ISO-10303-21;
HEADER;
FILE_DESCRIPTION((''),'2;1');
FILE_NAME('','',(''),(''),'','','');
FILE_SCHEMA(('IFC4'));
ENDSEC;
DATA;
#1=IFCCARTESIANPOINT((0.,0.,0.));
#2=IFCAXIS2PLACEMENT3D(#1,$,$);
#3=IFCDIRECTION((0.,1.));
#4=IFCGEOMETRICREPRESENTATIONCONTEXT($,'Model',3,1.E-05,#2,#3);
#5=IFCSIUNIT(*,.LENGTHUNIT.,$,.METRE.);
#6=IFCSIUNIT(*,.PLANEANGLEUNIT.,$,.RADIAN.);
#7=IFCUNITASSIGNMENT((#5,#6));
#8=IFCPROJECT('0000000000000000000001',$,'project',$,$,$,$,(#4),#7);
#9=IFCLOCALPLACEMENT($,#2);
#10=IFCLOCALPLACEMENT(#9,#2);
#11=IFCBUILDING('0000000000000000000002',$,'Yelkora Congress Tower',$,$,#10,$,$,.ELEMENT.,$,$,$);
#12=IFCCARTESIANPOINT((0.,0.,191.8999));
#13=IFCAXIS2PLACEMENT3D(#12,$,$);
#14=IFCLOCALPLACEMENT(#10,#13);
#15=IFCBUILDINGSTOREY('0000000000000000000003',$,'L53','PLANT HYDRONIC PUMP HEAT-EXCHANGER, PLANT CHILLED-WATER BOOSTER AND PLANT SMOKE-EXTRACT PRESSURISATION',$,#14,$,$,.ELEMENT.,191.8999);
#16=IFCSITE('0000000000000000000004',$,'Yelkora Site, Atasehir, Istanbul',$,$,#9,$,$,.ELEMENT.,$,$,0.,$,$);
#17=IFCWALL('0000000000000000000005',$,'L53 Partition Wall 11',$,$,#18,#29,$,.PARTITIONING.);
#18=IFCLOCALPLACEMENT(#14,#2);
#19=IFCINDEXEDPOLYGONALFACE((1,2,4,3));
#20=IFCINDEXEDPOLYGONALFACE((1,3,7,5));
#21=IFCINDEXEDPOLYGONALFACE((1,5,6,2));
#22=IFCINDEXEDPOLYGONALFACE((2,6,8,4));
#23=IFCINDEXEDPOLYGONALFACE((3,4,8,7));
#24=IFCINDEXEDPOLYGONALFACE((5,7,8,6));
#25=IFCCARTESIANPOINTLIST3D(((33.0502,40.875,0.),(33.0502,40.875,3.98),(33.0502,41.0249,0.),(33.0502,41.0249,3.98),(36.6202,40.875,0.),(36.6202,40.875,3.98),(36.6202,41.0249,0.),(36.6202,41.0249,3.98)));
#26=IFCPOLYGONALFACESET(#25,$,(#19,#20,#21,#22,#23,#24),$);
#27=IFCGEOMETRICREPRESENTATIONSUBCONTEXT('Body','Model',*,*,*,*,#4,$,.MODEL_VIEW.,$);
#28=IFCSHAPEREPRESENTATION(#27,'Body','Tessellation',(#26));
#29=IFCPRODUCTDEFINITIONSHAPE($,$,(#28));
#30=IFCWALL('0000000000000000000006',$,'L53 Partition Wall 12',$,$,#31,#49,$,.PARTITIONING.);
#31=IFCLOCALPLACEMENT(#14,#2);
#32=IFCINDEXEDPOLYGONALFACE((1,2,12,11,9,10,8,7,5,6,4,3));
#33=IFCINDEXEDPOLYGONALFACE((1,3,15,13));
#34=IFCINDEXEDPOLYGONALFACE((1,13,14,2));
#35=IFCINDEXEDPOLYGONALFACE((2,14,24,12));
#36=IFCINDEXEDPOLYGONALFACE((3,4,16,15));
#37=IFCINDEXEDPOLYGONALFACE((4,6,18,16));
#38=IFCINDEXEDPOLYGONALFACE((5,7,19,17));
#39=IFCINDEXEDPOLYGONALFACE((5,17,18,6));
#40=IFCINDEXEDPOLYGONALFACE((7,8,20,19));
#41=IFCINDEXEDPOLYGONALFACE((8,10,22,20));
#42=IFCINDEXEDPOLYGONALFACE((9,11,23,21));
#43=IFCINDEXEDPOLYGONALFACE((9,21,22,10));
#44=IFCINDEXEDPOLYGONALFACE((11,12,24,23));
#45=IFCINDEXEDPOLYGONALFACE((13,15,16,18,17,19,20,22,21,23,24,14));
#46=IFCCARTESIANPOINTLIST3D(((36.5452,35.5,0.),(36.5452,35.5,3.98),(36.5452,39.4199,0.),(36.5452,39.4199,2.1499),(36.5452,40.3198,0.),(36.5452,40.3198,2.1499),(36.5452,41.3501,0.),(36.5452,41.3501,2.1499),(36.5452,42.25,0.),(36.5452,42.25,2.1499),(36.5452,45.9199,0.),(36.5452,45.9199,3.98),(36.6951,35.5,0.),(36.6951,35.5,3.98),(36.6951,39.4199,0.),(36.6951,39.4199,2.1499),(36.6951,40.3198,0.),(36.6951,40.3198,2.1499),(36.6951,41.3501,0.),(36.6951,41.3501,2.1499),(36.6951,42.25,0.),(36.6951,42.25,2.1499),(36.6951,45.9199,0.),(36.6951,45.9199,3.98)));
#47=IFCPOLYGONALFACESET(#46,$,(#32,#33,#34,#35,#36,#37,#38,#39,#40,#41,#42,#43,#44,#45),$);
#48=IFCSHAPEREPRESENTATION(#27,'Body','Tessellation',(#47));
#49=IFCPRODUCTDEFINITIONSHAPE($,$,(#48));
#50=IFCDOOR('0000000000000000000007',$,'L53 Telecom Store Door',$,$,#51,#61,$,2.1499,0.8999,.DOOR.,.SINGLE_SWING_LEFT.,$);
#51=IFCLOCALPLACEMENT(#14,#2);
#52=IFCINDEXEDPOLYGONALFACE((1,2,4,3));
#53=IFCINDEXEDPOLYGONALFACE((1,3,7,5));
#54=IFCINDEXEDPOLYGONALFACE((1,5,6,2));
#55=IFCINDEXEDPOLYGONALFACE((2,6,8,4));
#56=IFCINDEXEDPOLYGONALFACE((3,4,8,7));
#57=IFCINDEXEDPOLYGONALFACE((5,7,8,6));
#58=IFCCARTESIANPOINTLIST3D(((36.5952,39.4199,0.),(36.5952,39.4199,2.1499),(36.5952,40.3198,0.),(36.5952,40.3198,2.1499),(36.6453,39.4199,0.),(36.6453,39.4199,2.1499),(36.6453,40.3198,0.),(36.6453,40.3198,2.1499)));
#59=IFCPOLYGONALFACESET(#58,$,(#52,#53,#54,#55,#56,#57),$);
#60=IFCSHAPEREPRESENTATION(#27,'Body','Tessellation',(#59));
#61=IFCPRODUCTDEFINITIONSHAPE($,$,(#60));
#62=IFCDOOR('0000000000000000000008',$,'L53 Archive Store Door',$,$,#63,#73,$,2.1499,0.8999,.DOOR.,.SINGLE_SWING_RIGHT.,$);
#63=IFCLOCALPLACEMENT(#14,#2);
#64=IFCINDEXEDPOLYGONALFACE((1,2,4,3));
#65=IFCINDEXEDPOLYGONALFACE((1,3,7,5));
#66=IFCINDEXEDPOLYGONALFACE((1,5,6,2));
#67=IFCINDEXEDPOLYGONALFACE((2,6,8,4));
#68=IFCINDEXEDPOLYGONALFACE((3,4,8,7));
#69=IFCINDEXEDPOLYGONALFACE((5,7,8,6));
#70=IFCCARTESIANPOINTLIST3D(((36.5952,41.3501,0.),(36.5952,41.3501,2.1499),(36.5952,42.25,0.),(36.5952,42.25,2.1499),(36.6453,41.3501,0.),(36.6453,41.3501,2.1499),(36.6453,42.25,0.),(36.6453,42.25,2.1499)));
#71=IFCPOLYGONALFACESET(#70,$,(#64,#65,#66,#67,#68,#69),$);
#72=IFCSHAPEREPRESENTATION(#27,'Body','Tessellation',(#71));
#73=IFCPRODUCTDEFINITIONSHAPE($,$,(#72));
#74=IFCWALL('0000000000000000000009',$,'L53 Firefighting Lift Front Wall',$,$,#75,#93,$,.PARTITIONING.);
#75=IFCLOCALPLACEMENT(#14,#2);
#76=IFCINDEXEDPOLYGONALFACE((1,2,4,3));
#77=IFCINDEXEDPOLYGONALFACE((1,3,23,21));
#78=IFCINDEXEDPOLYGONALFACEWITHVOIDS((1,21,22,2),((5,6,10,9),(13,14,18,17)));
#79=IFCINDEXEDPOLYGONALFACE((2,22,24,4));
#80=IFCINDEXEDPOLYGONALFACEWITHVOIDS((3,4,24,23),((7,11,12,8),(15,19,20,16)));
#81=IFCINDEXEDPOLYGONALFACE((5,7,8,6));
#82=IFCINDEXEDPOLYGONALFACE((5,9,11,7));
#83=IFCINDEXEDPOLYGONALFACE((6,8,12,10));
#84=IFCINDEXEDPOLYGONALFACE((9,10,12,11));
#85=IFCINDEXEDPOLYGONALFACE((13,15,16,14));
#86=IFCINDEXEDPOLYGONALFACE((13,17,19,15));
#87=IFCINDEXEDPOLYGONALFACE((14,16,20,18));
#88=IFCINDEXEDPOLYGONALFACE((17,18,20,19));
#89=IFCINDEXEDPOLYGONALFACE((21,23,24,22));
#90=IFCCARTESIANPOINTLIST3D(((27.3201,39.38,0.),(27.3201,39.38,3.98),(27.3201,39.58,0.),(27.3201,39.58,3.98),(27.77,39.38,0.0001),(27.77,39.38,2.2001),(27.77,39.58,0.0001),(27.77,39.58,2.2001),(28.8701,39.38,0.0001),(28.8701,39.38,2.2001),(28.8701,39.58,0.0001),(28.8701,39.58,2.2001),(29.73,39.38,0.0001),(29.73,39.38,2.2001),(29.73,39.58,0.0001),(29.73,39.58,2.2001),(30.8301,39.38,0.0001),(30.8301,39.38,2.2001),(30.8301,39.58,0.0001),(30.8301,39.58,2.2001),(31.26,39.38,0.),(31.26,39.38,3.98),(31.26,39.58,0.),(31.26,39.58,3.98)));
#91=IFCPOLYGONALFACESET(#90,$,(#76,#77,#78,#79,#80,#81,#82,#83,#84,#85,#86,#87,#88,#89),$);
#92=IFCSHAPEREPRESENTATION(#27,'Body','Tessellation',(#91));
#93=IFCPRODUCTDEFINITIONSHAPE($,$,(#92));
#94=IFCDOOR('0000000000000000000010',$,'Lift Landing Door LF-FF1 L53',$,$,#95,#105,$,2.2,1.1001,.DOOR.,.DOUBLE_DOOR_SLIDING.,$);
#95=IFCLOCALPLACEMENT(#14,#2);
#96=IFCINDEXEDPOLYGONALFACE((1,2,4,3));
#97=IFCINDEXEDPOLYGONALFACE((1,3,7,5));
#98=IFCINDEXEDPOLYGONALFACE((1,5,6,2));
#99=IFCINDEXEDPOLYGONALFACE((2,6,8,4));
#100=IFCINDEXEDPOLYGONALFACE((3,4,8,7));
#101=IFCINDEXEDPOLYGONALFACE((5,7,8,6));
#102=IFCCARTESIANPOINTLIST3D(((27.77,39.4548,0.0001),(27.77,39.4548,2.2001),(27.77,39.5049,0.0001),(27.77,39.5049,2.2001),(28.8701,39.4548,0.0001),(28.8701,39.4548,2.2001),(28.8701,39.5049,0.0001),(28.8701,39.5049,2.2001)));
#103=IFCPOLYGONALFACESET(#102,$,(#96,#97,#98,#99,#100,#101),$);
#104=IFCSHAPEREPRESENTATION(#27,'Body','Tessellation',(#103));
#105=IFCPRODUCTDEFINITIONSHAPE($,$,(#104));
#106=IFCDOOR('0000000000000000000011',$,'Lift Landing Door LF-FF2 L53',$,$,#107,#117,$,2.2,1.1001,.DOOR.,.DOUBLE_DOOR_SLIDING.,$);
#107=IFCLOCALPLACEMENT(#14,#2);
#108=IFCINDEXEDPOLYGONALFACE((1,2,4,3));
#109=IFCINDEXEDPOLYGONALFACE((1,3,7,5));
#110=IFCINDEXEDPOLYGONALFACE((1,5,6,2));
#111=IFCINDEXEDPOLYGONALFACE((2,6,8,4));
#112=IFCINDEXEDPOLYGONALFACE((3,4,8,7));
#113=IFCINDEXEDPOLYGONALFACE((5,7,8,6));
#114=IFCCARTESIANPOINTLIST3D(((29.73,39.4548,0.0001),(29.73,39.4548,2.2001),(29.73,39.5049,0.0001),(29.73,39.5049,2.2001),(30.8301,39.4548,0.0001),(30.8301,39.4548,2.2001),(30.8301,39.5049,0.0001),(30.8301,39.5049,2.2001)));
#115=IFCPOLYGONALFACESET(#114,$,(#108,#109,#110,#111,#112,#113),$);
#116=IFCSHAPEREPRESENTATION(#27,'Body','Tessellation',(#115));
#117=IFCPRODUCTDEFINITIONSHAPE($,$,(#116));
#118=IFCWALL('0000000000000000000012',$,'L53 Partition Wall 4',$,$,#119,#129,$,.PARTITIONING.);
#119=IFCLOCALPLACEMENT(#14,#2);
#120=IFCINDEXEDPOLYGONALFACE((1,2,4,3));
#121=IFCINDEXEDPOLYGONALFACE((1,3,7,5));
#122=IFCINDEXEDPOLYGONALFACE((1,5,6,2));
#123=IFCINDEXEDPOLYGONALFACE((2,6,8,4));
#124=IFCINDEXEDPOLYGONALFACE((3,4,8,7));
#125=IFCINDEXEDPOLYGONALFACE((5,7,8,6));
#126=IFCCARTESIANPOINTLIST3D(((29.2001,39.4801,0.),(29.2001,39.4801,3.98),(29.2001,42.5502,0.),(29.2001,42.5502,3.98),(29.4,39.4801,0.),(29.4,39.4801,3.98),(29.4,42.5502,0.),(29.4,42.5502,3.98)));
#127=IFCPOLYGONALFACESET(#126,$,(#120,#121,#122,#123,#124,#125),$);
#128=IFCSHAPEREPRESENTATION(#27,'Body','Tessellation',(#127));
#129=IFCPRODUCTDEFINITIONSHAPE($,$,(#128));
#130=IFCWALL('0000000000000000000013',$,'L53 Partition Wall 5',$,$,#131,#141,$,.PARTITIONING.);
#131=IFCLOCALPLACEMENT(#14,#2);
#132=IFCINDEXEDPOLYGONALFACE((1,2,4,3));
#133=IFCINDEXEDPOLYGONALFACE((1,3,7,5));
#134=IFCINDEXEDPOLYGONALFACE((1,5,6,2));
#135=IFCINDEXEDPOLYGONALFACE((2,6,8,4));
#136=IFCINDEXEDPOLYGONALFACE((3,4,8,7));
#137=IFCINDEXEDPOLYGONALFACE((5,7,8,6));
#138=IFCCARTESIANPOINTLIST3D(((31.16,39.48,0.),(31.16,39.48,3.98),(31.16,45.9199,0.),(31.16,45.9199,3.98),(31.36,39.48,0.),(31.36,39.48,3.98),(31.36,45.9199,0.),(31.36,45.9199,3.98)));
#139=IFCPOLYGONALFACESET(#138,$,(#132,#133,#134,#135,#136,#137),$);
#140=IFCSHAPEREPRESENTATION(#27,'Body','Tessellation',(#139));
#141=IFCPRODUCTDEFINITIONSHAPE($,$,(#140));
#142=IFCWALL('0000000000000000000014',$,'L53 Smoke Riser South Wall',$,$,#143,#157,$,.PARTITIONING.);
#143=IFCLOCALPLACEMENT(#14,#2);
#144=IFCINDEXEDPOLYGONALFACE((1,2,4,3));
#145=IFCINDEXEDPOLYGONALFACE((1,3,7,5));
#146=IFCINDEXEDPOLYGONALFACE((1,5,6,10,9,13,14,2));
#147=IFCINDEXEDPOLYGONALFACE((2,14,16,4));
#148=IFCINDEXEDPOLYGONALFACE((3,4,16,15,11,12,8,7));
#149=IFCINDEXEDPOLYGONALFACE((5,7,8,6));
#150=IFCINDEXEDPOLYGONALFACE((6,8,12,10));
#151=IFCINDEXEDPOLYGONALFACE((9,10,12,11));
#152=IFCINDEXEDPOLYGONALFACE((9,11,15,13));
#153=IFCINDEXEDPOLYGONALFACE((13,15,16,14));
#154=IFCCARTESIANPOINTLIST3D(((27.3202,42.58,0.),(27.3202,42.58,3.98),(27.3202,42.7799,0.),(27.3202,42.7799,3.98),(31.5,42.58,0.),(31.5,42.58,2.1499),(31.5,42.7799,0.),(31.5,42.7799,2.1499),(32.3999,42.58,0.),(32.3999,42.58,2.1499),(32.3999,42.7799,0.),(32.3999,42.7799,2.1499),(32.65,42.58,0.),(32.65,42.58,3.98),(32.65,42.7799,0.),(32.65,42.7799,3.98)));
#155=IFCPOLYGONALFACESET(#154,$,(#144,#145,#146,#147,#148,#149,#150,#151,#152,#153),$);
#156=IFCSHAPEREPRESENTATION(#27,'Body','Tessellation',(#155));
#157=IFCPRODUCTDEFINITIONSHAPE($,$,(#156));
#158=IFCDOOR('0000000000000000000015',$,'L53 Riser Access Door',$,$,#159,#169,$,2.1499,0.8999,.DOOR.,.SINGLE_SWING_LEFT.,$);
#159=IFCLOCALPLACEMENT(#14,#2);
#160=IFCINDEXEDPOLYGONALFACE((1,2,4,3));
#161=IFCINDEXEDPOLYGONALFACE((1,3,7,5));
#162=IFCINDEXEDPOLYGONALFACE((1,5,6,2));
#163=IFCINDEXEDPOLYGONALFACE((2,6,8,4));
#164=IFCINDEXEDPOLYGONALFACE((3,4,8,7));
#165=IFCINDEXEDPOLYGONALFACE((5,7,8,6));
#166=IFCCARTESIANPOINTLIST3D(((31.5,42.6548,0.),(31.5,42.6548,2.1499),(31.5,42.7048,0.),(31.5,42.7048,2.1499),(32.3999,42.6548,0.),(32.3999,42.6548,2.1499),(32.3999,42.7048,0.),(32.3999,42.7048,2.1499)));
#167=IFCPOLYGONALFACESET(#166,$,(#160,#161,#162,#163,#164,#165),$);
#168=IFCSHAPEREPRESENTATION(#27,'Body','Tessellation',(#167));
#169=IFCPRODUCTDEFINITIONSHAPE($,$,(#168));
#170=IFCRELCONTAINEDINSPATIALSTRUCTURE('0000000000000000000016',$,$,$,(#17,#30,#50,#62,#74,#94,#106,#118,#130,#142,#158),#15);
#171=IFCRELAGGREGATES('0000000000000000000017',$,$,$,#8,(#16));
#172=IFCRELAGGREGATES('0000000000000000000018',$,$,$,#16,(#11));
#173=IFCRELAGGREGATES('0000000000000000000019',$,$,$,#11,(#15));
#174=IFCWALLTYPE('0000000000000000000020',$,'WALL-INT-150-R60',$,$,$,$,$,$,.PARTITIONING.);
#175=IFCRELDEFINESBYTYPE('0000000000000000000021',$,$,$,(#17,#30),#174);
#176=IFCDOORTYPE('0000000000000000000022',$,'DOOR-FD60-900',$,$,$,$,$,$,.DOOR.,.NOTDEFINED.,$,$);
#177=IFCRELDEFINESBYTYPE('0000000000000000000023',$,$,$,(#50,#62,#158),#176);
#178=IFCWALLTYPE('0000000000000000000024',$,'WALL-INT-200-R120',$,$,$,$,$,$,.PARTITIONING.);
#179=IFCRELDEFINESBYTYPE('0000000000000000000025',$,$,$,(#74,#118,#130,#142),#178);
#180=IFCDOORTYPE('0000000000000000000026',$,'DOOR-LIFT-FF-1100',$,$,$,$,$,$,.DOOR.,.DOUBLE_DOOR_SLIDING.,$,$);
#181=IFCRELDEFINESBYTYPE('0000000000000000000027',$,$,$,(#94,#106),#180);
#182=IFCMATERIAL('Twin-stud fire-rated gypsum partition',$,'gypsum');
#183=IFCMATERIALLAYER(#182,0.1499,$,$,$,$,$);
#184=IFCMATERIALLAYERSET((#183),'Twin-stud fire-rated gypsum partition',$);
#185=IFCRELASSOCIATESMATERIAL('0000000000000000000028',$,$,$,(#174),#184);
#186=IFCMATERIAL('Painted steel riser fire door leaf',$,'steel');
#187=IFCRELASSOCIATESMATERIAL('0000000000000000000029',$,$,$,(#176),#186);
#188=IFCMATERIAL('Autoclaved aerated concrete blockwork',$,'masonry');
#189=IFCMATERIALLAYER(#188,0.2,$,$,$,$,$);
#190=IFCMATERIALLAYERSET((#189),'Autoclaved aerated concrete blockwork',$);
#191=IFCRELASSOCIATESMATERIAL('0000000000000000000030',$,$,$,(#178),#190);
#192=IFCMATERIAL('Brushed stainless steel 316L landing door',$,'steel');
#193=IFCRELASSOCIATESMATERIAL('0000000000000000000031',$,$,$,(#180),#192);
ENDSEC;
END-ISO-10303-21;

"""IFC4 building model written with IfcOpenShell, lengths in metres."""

from ifc_helpers import new_model, si_unit, direction, frame, frame_2d, origin, place, context, subcontext, project, spatial, rectangle, extrude, material, layer, layer_set, type_object, element, fill, save


model = new_model("IFC4")

# Units and contexts
model_context = context("Model", 3, precision=1e-05, world=origin(), true_north=direction((0.0, 1.0)))
body_context = subcontext(model_context, "Body", "Model", "MODEL_VIEW")
ifc_project = project(units=[si_unit("LENGTHUNIT", "METRE"), si_unit("PLANEANGLEUNIT", "RADIAN")], contexts=[model_context])

# Site, building, storey
site_placement = place(None, origin())
site = spatial("IfcSite", under=ifc_project, at=site_placement, Name="Yelkora Site, Atasehir, Istanbul", CompositionType="ELEMENT", RefElevation=0.0)
building_placement = place(site_placement, origin())
building = spatial("IfcBuilding", under=site, at=building_placement, Name="Yelkora Congress Tower", CompositionType="ELEMENT")
storey_placement = place(building_placement, frame((0.0, 0.0, 191.8999)))
storey = spatial("IfcBuildingStorey", under=building, at=storey_placement, Name="L53", Description="PLANT HYDRONIC PUMP HEAT-EXCHANGER, PLANT CHILLED-WATER BOOSTER AND PLANT SMOKE-EXTRACT PRESSURISATION", CompositionType="ELEMENT", Elevation=191.8999)

# Wall
ifc_material_1 = material(Name="Twin-stud fire-rated gypsum partition", Category="gypsum")
ifc_layer_1 = layer(ifc_material_1, 0.1499)
ifc_layer_set_1 = layer_set([ifc_layer_1], Name="Twin-stud fire-rated gypsum partition")
wall_type_1 = type_object("IfcWallType", Name="WALL-INT-150-R60", PredefinedType="PARTITIONING", material=ifc_layer_set_1)
wall_1_placement = place(storey_placement, frame((33.05, 40.95, 0.0), z_axis=(0.0, 0.0, 1.0), x_axis=(1.0, 0.0, 0.0)))
element("IfcWall", 1, at=wall_1_placement, inside=storey, type_object=wall_type_1, Name="L53 Partition Wall 11", PredefinedType="PARTITIONING", context=body_context, shape_type="SweptSolid", body=[
    extrude(rectangle(XDim=3.5701, YDim=0.1499, at=frame_2d((1.7852, 0.0))), origin(), (0.0, 0.0, 1.0), 3.98),
])

# Walls, openings, doors
wall_2_placement = place(storey_placement, frame((36.6201, 35.5, 0.0), z_axis=(0.0, 0.0, 1.0), x_axis=(0.0, 1.0, 0.0)))
wall_2 = element("IfcWall", 2, at=wall_2_placement, inside=storey, type_object=wall_type_1, Name="L53 Partition Wall 12", PredefinedType="PARTITIONING", context=body_context, shape_type="SweptSolid", body=[
    extrude(rectangle(XDim=10.4199, YDim=0.1499, at=frame_2d((5.21, 0.0))), origin(), (0.0, 0.0, 1.0), 3.98),
])
opening_1_placement = place(wall_2_placement, frame((3.9199, 0.0, 0.0)))
opening_1 = element("IfcOpeningElement", 3, at=opening_1_placement, cuts=wall_2, PredefinedType="OPENING", context=body_context, shape_type="SweptSolid", body=[
    extrude(rectangle(XDim=0.8999, YDim=2.1499, at=frame_2d((0.45, 1.075))), frame((0.0, 0.085, 0.0), z_axis=(0.0, -1.0, 0.0), x_axis=(1.0, 0.0, 0.0)), (0.0, 0.0, 1.0), 0.1699),
])
opening_2_placement = place(wall_2_placement, frame((5.8501, 0.0, 0.0)))
opening_2 = element("IfcOpeningElement", 4, at=opening_2_placement, cuts=wall_2, PredefinedType="OPENING", context=body_context, shape_type="SweptSolid", body=[
    extrude(rectangle(XDim=0.8999, YDim=2.1499, at=frame_2d((0.45, 1.075))), frame((0.0, 0.085, 0.0), z_axis=(0.0, -1.0, 0.0), x_axis=(1.0, 0.0, 0.0)), (0.0, 0.0, 1.0), 0.1699),
])
ifc_material_2 = material(Name="Painted steel riser fire door leaf", Category="steel")
door_type_1 = type_object("IfcDoorType", Name="DOOR-FD60-900", OperationType="NOTDEFINED", PredefinedType="DOOR", material=ifc_material_2)
door_1_placement = place(opening_1_placement, origin())
door_1 = element("IfcDoor", 5, at=door_1_placement, inside=storey, type_object=door_type_1, Name="L53 Telecom Store Door", OperationType="SINGLE_SWING_LEFT", OverallHeight=2.1499, OverallWidth=0.8999, PredefinedType="DOOR", context=body_context, shape_type="SweptSolid", body=[
    extrude(rectangle(XDim=0.8999, YDim=2.1499, at=frame_2d((0.45, 1.075))), frame((0.0, 0.0249, 0.0), z_axis=(0.0, -1.0, 0.0), x_axis=(1.0, 0.0, 0.0)), (0.0, 0.0, 1.0), 0.05),
])
fill(opening_1, door_1)
door_2_placement = place(opening_2_placement, origin())
door_2 = element("IfcDoor", 6, at=door_2_placement, inside=storey, type_object=door_type_1, Name="L53 Archive Store Door", OperationType="SINGLE_SWING_RIGHT", OverallHeight=2.1499, OverallWidth=0.8999, PredefinedType="DOOR", context=body_context, shape_type="SweptSolid", body=[
    extrude(rectangle(XDim=0.8999, YDim=2.1499, at=frame_2d((0.45, 1.075))), frame((0.0, 0.0249, 0.0), z_axis=(0.0, -1.0, 0.0), x_axis=(1.0, 0.0, 0.0)), (0.0, 0.0, 1.0), 0.05),
])
fill(opening_2, door_2)
ifc_material_3 = material(Name="Autoclaved aerated concrete blockwork", Category="masonry")
ifc_layer_2 = layer(ifc_material_3, 0.2)
ifc_layer_set_2 = layer_set([ifc_layer_2], Name="Autoclaved aerated concrete blockwork")
wall_type_2 = type_object("IfcWallType", Name="WALL-INT-200-R120", PredefinedType="PARTITIONING", material=ifc_layer_set_2)
wall_3_placement = place(storey_placement, frame((27.3201, 39.48, 0.0), z_axis=(0.0, 0.0, 1.0), x_axis=(1.0, 0.0, 0.0)))
wall_3 = element("IfcWall", 7, at=wall_3_placement, inside=storey, type_object=wall_type_2, Name="L53 Firefighting Lift Front Wall", PredefinedType="PARTITIONING", context=body_context, shape_type="SweptSolid", body=[
    extrude(rectangle(XDim=3.9399, YDim=0.2, at=frame_2d((1.97, 0.0))), origin(), (0.0, 0.0, 1.0), 3.98),
])
opening_3_placement = place(wall_3_placement, frame((0.45, 0.0, 0.0)))
opening_3 = element("IfcOpeningElement", 8, at=opening_3_placement, cuts=wall_3, PredefinedType="OPENING", context=body_context, shape_type="SweptSolid", body=[
    extrude(rectangle(XDim=1.1001, YDim=2.2, at=frame_2d((0.55, 1.1001))), frame((0.0, 0.1099, 0.0), z_axis=(0.0, -1.0, 0.0), x_axis=(1.0, 0.0, 0.0)), (0.0, 0.0, 1.0), 0.22),
])
opening_4_placement = place(wall_3_placement, frame((2.4099, 0.0, 0.0)))
opening_4 = element("IfcOpeningElement", 9, at=opening_4_placement, cuts=wall_3, PredefinedType="OPENING", context=body_context, shape_type="SweptSolid", body=[
    extrude(rectangle(XDim=1.1001, YDim=2.2, at=frame_2d((0.55, 1.1001))), frame((0.0, 0.1099, 0.0), z_axis=(0.0, -1.0, 0.0), x_axis=(1.0, 0.0, 0.0)), (0.0, 0.0, 1.0), 0.22),
])
ifc_material_4 = material(Name="Brushed stainless steel 316L landing door", Category="steel")
door_type_2 = type_object("IfcDoorType", Name="DOOR-LIFT-FF-1100", OperationType="DOUBLE_DOOR_SLIDING", PredefinedType="DOOR", material=ifc_material_4)
door_3_placement = place(opening_3_placement, origin())
door_3 = element("IfcDoor", 10, at=door_3_placement, inside=storey, type_object=door_type_2, Name="Lift Landing Door LF-FF1 L53", OperationType="DOUBLE_DOOR_SLIDING", OverallHeight=2.2, OverallWidth=1.1001, PredefinedType="DOOR", context=body_context, shape_type="SweptSolid", body=[
    extrude(rectangle(XDim=1.1001, YDim=2.2, at=frame_2d((0.55, 1.1001))), frame((0.0, 0.0249, 0.0), z_axis=(0.0, -1.0, 0.0), x_axis=(1.0, 0.0, 0.0)), (0.0, 0.0, 1.0), 0.05),
])
fill(opening_3, door_3)
door_4_placement = place(opening_4_placement, origin())
door_4 = element("IfcDoor", 11, at=door_4_placement, inside=storey, type_object=door_type_2, Name="Lift Landing Door LF-FF2 L53", OperationType="DOUBLE_DOOR_SLIDING", OverallHeight=2.2, OverallWidth=1.1001, PredefinedType="DOOR", context=body_context, shape_type="SweptSolid", body=[
    extrude(rectangle(XDim=1.1001, YDim=2.2, at=frame_2d((0.55, 1.1001))), frame((0.0, 0.0249, 0.0), z_axis=(0.0, -1.0, 0.0), x_axis=(1.0, 0.0, 0.0)), (0.0, 0.0, 1.0), 0.05),
])
fill(opening_4, door_4)

# Walls
wall_4_placement = place(storey_placement, frame((29.3, 39.48, 0.0), z_axis=(0.0, 0.0, 1.0), x_axis=(0.0, 1.0, 0.0)))
element("IfcWall", 12, at=wall_4_placement, inside=storey, type_object=wall_type_2, Name="L53 Partition Wall 4", PredefinedType="PARTITIONING", context=body_context, shape_type="SweptSolid", body=[
    extrude(rectangle(XDim=3.0701, YDim=0.2, at=frame_2d((1.5352, 0.0))), origin(), (0.0, 0.0, 1.0), 3.98),
])
wall_5_placement = place(storey_placement, frame((31.26, 39.48, 0.0), z_axis=(0.0, 0.0, 1.0), x_axis=(0.0, 1.0, 0.0)))
element("IfcWall", 13, at=wall_5_placement, inside=storey, type_object=wall_type_2, Name="L53 Partition Wall 5", PredefinedType="PARTITIONING", context=body_context, shape_type="SweptSolid", body=[
    extrude(rectangle(XDim=6.4399, YDim=0.2, at=frame_2d((3.22, 0.0))), origin(), (0.0, 0.0, 1.0), 3.98),
])

# Wall, opening, door
wall_6_placement = place(storey_placement, frame((27.3201, 42.6799, 0.0), z_axis=(0.0, 0.0, 1.0), x_axis=(1.0, 0.0, 0.0)))
wall_6 = element("IfcWall", 14, at=wall_6_placement, inside=storey, type_object=wall_type_2, Name="L53 Smoke Riser South Wall", PredefinedType="PARTITIONING", context=body_context, shape_type="SweptSolid", body=[
    extrude(rectangle(XDim=5.3298, YDim=0.2, at=frame_2d((2.665, 0.0))), origin(), (0.0, 0.0, 1.0), 3.98),
])
opening_5_placement = place(wall_6_placement, frame((4.1799, 0.0, 0.0)))
opening_5 = element("IfcOpeningElement", 15, at=opening_5_placement, cuts=wall_6, PredefinedType="OPENING", context=body_context, shape_type="SweptSolid", body=[
    extrude(rectangle(XDim=0.8999, YDim=2.1499, at=frame_2d((0.45, 1.075))), frame((0.0, 0.1099, 0.0), z_axis=(0.0, -1.0, 0.0), x_axis=(1.0, 0.0, 0.0)), (0.0, 0.0, 1.0), 0.22),
])
door_5_placement = place(opening_5_placement, origin())
door_5 = element("IfcDoor", 16, at=door_5_placement, inside=storey, type_object=door_type_1, Name="L53 Riser Access Door", OperationType="SINGLE_SWING_LEFT", OverallHeight=2.1499, OverallWidth=0.8999, PredefinedType="DOOR", context=body_context, shape_type="SweptSolid", body=[
    extrude(rectangle(XDim=0.8999, YDim=2.1499, at=frame_2d((0.45, 1.075))), frame((0.0, 0.0249, 0.0), z_axis=(0.0, -1.0, 0.0), x_axis=(1.0, 0.0, 0.0)), (0.0, 0.0, 1.0), 0.05),
])
fill(opening_5, door_5)

save(model, "model.ifc")
